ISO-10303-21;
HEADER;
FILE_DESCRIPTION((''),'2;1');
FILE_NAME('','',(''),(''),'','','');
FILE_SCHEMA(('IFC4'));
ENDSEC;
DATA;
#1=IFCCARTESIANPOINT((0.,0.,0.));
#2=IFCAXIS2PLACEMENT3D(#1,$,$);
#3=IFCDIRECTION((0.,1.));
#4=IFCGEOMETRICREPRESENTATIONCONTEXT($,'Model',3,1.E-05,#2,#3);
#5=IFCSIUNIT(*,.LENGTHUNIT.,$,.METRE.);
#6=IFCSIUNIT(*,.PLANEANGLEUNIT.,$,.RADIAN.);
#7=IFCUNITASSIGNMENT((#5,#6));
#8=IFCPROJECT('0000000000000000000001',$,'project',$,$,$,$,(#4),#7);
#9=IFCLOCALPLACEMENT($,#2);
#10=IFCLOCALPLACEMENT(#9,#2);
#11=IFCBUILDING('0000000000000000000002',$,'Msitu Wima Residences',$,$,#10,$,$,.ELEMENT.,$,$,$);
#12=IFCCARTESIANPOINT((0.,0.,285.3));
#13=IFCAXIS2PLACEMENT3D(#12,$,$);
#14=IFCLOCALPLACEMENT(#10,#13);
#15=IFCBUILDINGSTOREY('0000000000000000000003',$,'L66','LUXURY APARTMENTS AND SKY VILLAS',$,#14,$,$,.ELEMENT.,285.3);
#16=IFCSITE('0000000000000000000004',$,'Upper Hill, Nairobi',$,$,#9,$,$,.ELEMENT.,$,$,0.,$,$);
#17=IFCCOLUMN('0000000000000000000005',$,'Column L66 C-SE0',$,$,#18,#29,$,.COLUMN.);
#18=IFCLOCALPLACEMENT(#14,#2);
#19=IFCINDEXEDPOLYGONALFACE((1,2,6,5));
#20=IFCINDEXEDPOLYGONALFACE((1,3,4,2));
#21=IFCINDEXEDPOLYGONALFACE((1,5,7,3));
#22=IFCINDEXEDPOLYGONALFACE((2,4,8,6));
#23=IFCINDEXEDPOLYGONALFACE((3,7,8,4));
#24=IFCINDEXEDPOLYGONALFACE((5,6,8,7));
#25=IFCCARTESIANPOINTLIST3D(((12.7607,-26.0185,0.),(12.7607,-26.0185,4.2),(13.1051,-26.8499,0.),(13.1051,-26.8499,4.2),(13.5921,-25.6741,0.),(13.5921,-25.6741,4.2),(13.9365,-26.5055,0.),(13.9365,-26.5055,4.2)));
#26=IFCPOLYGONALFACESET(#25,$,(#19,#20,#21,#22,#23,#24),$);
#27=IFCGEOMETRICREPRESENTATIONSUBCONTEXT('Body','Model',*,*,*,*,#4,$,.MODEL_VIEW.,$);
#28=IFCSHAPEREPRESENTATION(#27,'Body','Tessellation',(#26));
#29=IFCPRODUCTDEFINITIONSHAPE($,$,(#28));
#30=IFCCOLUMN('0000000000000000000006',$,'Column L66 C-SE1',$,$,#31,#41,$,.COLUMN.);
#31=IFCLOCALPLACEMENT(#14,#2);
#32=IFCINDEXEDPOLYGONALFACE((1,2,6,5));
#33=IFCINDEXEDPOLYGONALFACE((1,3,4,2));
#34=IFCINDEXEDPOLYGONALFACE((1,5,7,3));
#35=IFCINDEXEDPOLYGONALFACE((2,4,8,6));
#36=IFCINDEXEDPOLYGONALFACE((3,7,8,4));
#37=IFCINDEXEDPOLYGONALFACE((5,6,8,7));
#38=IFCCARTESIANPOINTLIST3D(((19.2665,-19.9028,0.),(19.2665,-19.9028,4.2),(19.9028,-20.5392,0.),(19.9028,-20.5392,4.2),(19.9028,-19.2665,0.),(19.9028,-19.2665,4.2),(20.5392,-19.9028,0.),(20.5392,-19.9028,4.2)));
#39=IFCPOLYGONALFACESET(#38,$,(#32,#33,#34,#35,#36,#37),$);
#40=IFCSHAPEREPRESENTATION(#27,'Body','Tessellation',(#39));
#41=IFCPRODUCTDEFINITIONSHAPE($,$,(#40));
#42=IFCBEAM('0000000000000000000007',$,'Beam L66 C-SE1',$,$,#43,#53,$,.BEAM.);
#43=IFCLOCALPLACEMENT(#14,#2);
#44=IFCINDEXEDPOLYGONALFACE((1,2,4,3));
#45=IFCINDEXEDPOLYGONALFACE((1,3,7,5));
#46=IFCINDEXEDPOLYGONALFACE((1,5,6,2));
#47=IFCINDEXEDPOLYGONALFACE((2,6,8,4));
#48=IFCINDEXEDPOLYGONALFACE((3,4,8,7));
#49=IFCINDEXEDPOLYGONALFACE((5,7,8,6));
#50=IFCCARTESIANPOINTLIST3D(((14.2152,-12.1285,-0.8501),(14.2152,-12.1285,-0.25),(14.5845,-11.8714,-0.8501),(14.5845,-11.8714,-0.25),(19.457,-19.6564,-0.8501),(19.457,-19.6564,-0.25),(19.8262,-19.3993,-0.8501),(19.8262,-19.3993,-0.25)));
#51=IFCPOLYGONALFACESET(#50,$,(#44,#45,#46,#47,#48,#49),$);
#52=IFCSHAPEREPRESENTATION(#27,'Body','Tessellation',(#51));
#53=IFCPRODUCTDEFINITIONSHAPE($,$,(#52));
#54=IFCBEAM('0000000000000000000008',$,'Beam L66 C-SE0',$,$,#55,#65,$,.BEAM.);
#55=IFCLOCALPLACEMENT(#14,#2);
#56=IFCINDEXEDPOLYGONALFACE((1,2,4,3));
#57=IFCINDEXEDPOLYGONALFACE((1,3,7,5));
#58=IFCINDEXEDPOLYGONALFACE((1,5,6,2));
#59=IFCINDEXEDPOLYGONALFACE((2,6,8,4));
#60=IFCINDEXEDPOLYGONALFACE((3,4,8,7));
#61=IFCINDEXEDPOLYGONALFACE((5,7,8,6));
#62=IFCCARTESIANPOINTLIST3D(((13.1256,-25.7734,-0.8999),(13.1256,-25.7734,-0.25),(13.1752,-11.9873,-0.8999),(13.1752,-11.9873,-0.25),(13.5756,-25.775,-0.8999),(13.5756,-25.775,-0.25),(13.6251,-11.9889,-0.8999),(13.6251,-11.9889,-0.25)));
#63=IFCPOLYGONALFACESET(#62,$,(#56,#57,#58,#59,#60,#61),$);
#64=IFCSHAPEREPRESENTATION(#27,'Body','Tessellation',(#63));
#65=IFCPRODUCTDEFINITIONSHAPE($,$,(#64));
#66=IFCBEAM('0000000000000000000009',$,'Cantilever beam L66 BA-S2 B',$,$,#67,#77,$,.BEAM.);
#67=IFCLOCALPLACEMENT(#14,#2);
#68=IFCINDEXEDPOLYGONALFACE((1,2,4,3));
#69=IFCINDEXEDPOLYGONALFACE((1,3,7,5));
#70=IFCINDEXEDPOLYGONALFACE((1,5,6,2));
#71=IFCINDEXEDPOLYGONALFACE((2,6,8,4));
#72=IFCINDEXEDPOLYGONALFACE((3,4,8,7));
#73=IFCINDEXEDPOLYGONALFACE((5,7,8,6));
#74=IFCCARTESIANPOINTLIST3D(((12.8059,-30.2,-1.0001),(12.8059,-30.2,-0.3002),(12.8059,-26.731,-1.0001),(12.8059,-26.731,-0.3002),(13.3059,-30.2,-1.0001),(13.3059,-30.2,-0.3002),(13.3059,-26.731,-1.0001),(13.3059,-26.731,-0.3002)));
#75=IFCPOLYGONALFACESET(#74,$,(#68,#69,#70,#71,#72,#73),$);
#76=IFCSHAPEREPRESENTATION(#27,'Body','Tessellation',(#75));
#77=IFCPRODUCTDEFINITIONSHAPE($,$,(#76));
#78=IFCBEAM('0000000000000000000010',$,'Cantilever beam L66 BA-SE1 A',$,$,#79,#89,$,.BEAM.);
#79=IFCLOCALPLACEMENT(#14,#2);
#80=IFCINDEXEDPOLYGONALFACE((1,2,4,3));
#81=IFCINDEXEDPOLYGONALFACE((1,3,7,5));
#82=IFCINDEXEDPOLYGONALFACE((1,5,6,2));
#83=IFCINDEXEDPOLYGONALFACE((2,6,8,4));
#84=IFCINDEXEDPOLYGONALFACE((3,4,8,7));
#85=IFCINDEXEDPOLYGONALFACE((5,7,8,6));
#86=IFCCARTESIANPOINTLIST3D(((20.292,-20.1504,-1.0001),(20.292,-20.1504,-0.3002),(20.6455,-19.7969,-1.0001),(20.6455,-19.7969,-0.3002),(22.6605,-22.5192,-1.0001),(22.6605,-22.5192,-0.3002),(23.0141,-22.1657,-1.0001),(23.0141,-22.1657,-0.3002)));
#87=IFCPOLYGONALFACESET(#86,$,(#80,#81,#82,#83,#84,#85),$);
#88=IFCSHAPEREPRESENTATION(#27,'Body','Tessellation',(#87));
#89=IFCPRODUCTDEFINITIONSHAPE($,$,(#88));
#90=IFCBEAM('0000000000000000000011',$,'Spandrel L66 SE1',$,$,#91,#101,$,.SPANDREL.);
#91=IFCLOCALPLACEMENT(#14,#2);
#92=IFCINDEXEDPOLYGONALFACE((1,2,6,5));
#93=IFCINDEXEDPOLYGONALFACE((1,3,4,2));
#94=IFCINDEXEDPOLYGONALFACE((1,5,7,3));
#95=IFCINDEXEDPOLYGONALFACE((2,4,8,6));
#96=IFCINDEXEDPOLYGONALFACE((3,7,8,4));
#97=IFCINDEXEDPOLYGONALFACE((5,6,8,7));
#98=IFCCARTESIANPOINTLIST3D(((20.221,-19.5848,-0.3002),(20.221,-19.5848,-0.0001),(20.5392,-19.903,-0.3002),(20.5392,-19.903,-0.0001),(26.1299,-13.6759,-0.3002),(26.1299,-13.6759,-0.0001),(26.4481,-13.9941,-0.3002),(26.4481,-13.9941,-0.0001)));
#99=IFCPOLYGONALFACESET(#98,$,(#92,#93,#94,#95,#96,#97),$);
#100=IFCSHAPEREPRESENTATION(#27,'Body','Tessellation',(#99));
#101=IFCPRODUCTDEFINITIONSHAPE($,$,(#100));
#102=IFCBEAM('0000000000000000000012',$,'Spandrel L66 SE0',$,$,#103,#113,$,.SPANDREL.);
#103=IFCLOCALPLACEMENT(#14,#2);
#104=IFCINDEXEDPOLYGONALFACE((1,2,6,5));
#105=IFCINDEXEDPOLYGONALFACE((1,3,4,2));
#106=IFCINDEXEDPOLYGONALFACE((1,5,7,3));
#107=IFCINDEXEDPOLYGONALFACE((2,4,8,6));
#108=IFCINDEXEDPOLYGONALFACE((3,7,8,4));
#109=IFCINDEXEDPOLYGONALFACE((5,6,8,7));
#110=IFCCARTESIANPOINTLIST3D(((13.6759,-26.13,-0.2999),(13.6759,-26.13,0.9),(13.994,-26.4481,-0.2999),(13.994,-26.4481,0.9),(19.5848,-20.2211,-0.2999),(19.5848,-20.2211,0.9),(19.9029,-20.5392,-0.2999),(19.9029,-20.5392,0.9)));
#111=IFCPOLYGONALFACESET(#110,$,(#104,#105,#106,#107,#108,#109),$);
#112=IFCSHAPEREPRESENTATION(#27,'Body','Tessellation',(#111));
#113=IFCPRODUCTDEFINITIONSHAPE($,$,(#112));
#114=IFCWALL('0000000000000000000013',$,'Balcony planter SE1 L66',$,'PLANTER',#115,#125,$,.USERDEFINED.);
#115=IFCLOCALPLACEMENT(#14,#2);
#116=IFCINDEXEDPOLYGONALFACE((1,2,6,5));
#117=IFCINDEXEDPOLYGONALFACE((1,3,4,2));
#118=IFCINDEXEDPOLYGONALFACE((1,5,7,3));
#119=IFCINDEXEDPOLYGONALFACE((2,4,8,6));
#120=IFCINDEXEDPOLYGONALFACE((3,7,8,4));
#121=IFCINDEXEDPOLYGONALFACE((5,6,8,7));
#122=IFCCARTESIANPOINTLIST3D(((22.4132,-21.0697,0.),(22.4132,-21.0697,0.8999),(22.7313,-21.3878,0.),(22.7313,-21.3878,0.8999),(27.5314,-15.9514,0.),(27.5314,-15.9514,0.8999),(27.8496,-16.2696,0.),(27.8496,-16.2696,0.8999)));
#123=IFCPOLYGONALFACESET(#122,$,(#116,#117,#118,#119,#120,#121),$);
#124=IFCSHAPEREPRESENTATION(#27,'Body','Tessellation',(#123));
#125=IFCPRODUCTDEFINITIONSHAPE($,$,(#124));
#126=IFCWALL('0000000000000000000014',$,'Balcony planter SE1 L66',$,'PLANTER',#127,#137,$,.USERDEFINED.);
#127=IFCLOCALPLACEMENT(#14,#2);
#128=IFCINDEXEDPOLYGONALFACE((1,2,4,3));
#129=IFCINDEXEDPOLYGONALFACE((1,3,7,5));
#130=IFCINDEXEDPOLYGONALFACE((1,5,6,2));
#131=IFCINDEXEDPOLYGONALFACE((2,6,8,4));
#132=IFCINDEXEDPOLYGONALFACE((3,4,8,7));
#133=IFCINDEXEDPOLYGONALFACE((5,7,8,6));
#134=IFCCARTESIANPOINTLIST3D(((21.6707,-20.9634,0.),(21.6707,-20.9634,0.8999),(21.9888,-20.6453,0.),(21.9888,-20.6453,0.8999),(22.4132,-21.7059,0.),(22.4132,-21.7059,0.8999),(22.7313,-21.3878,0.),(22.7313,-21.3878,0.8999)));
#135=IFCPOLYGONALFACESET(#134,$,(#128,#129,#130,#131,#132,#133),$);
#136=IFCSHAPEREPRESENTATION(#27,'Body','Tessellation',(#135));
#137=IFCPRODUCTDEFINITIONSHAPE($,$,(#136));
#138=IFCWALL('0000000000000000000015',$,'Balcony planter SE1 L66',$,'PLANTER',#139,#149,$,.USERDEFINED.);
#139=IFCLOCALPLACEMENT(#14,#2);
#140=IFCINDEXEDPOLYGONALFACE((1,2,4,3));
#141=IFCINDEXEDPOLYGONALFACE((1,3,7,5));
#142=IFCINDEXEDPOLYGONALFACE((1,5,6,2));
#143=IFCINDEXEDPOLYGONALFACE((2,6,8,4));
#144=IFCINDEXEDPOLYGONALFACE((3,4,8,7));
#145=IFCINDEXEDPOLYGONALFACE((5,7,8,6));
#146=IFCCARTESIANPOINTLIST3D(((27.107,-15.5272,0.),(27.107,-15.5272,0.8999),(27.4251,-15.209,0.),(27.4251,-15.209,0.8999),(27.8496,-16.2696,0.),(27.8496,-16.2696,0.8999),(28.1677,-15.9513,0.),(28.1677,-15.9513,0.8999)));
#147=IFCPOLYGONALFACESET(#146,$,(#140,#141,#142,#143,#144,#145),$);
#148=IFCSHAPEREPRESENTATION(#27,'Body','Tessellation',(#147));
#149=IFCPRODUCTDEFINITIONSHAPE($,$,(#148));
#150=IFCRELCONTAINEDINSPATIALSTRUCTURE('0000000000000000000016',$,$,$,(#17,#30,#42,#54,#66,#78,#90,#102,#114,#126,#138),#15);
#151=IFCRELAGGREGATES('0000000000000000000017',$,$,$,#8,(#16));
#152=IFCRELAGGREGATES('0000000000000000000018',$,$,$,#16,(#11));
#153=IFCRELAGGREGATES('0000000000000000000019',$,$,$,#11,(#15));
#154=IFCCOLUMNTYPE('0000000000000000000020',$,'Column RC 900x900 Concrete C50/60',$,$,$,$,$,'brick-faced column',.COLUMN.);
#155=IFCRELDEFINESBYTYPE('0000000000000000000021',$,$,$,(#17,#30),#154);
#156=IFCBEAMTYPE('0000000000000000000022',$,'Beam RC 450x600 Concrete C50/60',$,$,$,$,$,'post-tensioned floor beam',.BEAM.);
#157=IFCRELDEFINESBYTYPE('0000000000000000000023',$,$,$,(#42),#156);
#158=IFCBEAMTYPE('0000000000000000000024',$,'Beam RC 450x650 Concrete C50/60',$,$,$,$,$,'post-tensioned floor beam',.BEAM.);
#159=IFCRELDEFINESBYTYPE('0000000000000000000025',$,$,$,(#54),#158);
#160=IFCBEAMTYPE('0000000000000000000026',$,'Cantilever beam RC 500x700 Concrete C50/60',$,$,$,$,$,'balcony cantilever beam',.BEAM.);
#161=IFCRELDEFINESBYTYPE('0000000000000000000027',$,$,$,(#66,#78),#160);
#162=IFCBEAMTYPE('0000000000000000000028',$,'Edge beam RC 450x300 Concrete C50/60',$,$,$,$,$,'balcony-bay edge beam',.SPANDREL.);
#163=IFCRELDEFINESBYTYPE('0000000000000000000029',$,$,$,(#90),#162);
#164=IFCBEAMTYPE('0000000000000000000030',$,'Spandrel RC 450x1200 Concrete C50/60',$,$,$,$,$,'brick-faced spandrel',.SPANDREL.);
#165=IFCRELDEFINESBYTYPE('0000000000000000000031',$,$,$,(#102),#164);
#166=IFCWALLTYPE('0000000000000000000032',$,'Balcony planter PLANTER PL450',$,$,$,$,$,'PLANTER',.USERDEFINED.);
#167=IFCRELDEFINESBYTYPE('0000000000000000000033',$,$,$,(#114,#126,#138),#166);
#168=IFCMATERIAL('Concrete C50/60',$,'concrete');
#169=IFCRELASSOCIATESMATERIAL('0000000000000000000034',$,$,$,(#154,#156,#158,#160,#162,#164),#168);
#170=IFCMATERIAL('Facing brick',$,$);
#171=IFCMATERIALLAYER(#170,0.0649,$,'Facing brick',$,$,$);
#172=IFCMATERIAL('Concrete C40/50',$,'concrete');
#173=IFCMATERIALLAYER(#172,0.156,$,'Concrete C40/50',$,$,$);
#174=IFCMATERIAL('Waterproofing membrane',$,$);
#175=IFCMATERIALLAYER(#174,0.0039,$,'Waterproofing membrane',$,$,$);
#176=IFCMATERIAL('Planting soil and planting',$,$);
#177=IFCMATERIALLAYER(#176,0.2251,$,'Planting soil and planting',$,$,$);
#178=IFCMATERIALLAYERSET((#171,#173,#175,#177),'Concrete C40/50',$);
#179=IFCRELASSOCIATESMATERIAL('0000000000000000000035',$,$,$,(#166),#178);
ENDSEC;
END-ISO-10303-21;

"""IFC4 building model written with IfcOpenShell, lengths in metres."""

from ifc_helpers import new_model, si_unit, direction, frame, frame_2d, origin, origin_2d, place, context, subcontext, project, spatial, rectangle, extrude, material, layer, layer_set, material_profile, profile_set, type_object, element, save


model = new_model("IFC4")

# Units and contexts
model_context = context("Model", 3, precision=1e-05, world=origin(), true_north=direction((0.0, 1.0)))
body_context = subcontext(model_context, "Body", "Model", "MODEL_VIEW")
ifc_project = project(units=[si_unit("LENGTHUNIT", "METRE"), si_unit("PLANEANGLEUNIT", "RADIAN")], contexts=[model_context])

# Site, building, storey
site_placement = place(None, origin())
site = spatial("IfcSite", under=ifc_project, at=site_placement, Name="Upper Hill, Nairobi", CompositionType="ELEMENT", RefElevation=0.0)
building_placement = place(site_placement, origin())
building = spatial("IfcBuilding", under=site, at=building_placement, Name="Msitu Wima Residences", CompositionType="ELEMENT")
storey_placement = place(building_placement, frame((0.0, 0.0, 285.3)))
storey = spatial("IfcBuildingStorey", under=building, at=storey_placement, Name="L66", Description="LUXURY APARTMENTS AND SKY VILLAS", CompositionType="ELEMENT", Elevation=285.3)

# Columns
ifc_material_1 = material(Name="Concrete C50/60", Category="concrete")
ifc_material_profile_1 = material_profile(ifc_material_1, rectangle(XDim=0.8999, YDim=0.8999, at=origin_2d()), Name="RC 900x900")
ifc_profile_set_1 = profile_set([ifc_material_profile_1], Name="Concrete C50/60")
column_type = type_object("IfcColumnType", Name="Column RC 900x900 Concrete C50/60", ElementType="brick-faced column", PredefinedType="COLUMN", material=ifc_profile_set_1)
for number, where, z_axis, x_axis, name in (
    (1, (13.3486, -26.262, 0.0), (0.0, 0.0, 1.0), (0.92388, 0.382683, 0.0), "Column L66 C-SE0"),
    (2, (19.9028, -19.9028, 0.0), (0.0, 0.0, 1.0), (0.707107, 0.707107, 0.0), "Column L66 C-SE1"),
):
    element("IfcColumn", number, at=place(storey_placement, frame(where, z_axis=z_axis, x_axis=x_axis)), inside=storey, type_object=column_type, Name=name, PredefinedType="COLUMN", context=body_context, shape_type="SweptSolid", body=[
        extrude(rectangle(XDim=0.8999, YDim=0.8999, at=origin_2d()), origin(), (0.0, 0.0, 1.0), 4.2),
    ])

# Beams
ifc_material_profile_2 = material_profile(ifc_material_1, rectangle(XDim=0.45, YDim=0.6001, at=origin_2d()), Name="RC 450x600")
ifc_profile_set_2 = profile_set([ifc_material_profile_2], Name="Concrete C50/60")
beam_type_1 = type_object("IfcBeamType", Name="Beam RC 450x600 Concrete C50/60", ElementType="post-tensioned floor beam", PredefinedType="BEAM", material=ifc_profile_set_2)
beam_1_placement = place(storey_placement, frame((19.6416, -19.5278, -0.55), z_axis=(-0.571428, 0.820652, 0.0), x_axis=(-0.820652, -0.571428, 0.0)))
element("IfcBeam", 3, at=beam_1_placement, inside=storey, type_object=beam_type_1, Name="Beam L66 C-SE1", PredefinedType="BEAM", context=body_context, shape_type="SweptSolid", body=[
    extrude(rectangle(XDim=0.45, YDim=0.6001, at=origin_2d()), origin(), (0.0, 0.0, 1.0), 9.1731),
])
ifc_material_profile_3 = material_profile(ifc_material_1, rectangle(XDim=0.45, YDim=0.6499, at=origin_2d()), Name="RC 450x650")
ifc_profile_set_3 = profile_set([ifc_material_profile_3], Name="Concrete C50/60")
beam_type_2 = type_object("IfcBeamType", Name="Beam RC 450x650 Concrete C50/60", ElementType="post-tensioned floor beam", PredefinedType="BEAM", material=ifc_profile_set_3)
beam_2_placement = place(storey_placement, frame((13.3506, -25.7742, -0.575), z_axis=(0.003595, 0.999994, 0.0), x_axis=(-0.999994, 0.003595, 0.0)))
element("IfcBeam", 4, at=beam_2_placement, inside=storey, type_object=beam_type_2, Name="Beam L66 C-SE0", PredefinedType="BEAM", context=body_context, shape_type="SweptSolid", body=[
    extrude(rectangle(XDim=0.45, YDim=0.6499, at=origin_2d()), origin(), (0.0, 0.0, 1.0), 13.7861),
])
ifc_material_profile_4 = material_profile(ifc_material_1, rectangle(XDim=0.5, YDim=0.7, at=origin_2d()), Name="RC 500x700")
ifc_profile_set_4 = profile_set([ifc_material_profile_4], Name="Concrete C50/60")
beam_type_3 = type_object("IfcBeamType", Name="Cantilever beam RC 500x700 Concrete C50/60", ElementType="balcony cantilever beam", PredefinedType="BEAM", material=ifc_profile_set_4)
beam_3_placement = place(storey_placement, frame((13.0559, -26.731, -0.6501), z_axis=(0.0, -1.0, 0.0), x_axis=(1.0, 0.0, 0.0)))
element("IfcBeam", 5, at=beam_3_placement, inside=storey, type_object=beam_type_3, Name="Cantilever beam L66 BA-S2 B", PredefinedType="BEAM", context=body_context, shape_type="SweptSolid", body=[
    extrude(rectangle(XDim=0.5, YDim=0.7, at=origin_2d()), origin(), (0.0, 0.0, 1.0), 3.469),
])
beam_4_placement = place(storey_placement, frame((20.4688, -19.9736, -0.6501), z_axis=(0.70707, -0.707143, 0.0), x_axis=(0.707143, 0.70707, 0.0)))
element("IfcBeam", 6, at=beam_4_placement, inside=storey, type_object=beam_type_3, Name="Cantilever beam L66 BA-SE1 A", PredefinedType="BEAM", context=body_context, shape_type="SweptSolid", body=[
    extrude(rectangle(XDim=0.5, YDim=0.7, at=origin_2d()), origin(), (0.0, 0.0, 1.0), 3.3499),
])
ifc_material_profile_5 = material_profile(ifc_material_1, rectangle(XDim=0.45, YDim=0.3, at=origin_2d()), Name="RC 450x300")
ifc_profile_set_5 = profile_set([ifc_material_profile_5], Name="Concrete C50/60")
beam_type_4 = type_object("IfcBeamType", Name="Edge beam RC 450x300 Concrete C50/60", ElementType="balcony-bay edge beam", PredefinedType="SPANDREL", material=ifc_profile_set_5)
beam_5_placement = place(storey_placement, frame((20.3801, -19.7439, -0.1501), z_axis=(0.707107, 0.707107, 0.0), x_axis=(-0.707107, 0.707107, 0.0)))
element("IfcBeam", 7, at=beam_5_placement, inside=storey, type_object=beam_type_4, Name="Spandrel L66 SE1", PredefinedType="SPANDREL", context=body_context, shape_type="SweptSolid", body=[
    extrude(rectangle(XDim=0.45, YDim=0.3, at=origin_2d()), origin(), (0.0, 0.0, 1.0), 8.3564),
])
ifc_material_profile_6 = material_profile(ifc_material_1, rectangle(XDim=0.45, YDim=1.2, at=origin_2d()), Name="RC 450x1200")
ifc_profile_set_6 = profile_set([ifc_material_profile_6], Name="Concrete C50/60")
beam_type_5 = type_object("IfcBeamType", Name="Spandrel RC 450x1200 Concrete C50/60", ElementType="brick-faced spandrel", PredefinedType="SPANDREL", material=ifc_profile_set_6)
beam_6_placement = place(storey_placement, frame((13.835, -26.2891, 0.3), z_axis=(0.707107, 0.707107, 0.0), x_axis=(-0.707107, 0.707107, 0.0)))
element("IfcBeam", 8, at=beam_6_placement, inside=storey, type_object=beam_type_5, Name="Spandrel L66 SE0", PredefinedType="SPANDREL", context=body_context, shape_type="SweptSolid", body=[
    extrude(rectangle(XDim=0.45, YDim=1.2, at=origin_2d()), origin(), (0.0, 0.0, 1.0), 8.3564),
])

# Walls
ifc_material_2 = material(Name="Facing brick")
ifc_layer_1 = layer(ifc_material_2, 0.0649, Name="Facing brick")
ifc_material_3 = material(Name="Concrete C40/50", Category="concrete")
ifc_layer_2 = layer(ifc_material_3, 0.156, Name="Concrete C40/50")
ifc_material_4 = material(Name="Waterproofing membrane")
ifc_layer_3 = layer(ifc_material_4, 0.0039, Name="Waterproofing membrane")
ifc_material_5 = material(Name="Planting soil and planting")
ifc_layer_4 = layer(ifc_material_5, 0.2251, Name="Planting soil and planting")
ifc_layer_set_1 = layer_set([ifc_layer_1, ifc_layer_2, ifc_layer_3, ifc_layer_4], Name="Concrete C40/50")
wall_type_1 = type_object("IfcWallType", Name="Balcony planter PLANTER PL450", ElementType="PLANTER", PredefinedType="USERDEFINED", material=ifc_layer_set_1)
wall_1_placement = place(storey_placement, frame((22.5723, -21.2288, 0.0), z_axis=(0.0, 0.0, 1.0), x_axis=(0.707107, 0.707107, 0.0)))
element("IfcWall", 9, at=wall_1_placement, inside=storey, type_object=wall_type_1, Name="Balcony planter SE1 L66", ObjectType="PLANTER", PredefinedType="USERDEFINED", context=body_context, shape_type="SweptSolid", body=[
    extrude(rectangle(XDim=7.2383, YDim=0.45, at=frame_2d((3.6191, 0.0))), origin(), (0.0, 0.0, 1.0), 0.8999),
])
for number, where, z_axis, x_axis, name in (
    (10, (21.8298, -20.8044, 0.0), (0.0, 0.0, 1.0), (0.707107, -0.707107, 0.0), "Balcony planter SE1 L66"),
    (11, (27.2661, -15.3682, 0.0), (0.0, 0.0, 1.0), (0.707223, -0.706991, 0.0), "Balcony planter SE1 L66"),
):
    element("IfcWall", number, at=place(storey_placement, frame(where, z_axis=z_axis, x_axis=x_axis)), inside=storey, type_object=wall_type_1, Name=name, ObjectType="PLANTER", PredefinedType="USERDEFINED", context=body_context, shape_type="SweptSolid", body=[
        extrude(rectangle(XDim=1.05, YDim=0.45, at=frame_2d((0.5249, 0.0))), origin(), (0.0, 0.0, 1.0), 0.8999),
    ])

save(model, "model.ifc")
